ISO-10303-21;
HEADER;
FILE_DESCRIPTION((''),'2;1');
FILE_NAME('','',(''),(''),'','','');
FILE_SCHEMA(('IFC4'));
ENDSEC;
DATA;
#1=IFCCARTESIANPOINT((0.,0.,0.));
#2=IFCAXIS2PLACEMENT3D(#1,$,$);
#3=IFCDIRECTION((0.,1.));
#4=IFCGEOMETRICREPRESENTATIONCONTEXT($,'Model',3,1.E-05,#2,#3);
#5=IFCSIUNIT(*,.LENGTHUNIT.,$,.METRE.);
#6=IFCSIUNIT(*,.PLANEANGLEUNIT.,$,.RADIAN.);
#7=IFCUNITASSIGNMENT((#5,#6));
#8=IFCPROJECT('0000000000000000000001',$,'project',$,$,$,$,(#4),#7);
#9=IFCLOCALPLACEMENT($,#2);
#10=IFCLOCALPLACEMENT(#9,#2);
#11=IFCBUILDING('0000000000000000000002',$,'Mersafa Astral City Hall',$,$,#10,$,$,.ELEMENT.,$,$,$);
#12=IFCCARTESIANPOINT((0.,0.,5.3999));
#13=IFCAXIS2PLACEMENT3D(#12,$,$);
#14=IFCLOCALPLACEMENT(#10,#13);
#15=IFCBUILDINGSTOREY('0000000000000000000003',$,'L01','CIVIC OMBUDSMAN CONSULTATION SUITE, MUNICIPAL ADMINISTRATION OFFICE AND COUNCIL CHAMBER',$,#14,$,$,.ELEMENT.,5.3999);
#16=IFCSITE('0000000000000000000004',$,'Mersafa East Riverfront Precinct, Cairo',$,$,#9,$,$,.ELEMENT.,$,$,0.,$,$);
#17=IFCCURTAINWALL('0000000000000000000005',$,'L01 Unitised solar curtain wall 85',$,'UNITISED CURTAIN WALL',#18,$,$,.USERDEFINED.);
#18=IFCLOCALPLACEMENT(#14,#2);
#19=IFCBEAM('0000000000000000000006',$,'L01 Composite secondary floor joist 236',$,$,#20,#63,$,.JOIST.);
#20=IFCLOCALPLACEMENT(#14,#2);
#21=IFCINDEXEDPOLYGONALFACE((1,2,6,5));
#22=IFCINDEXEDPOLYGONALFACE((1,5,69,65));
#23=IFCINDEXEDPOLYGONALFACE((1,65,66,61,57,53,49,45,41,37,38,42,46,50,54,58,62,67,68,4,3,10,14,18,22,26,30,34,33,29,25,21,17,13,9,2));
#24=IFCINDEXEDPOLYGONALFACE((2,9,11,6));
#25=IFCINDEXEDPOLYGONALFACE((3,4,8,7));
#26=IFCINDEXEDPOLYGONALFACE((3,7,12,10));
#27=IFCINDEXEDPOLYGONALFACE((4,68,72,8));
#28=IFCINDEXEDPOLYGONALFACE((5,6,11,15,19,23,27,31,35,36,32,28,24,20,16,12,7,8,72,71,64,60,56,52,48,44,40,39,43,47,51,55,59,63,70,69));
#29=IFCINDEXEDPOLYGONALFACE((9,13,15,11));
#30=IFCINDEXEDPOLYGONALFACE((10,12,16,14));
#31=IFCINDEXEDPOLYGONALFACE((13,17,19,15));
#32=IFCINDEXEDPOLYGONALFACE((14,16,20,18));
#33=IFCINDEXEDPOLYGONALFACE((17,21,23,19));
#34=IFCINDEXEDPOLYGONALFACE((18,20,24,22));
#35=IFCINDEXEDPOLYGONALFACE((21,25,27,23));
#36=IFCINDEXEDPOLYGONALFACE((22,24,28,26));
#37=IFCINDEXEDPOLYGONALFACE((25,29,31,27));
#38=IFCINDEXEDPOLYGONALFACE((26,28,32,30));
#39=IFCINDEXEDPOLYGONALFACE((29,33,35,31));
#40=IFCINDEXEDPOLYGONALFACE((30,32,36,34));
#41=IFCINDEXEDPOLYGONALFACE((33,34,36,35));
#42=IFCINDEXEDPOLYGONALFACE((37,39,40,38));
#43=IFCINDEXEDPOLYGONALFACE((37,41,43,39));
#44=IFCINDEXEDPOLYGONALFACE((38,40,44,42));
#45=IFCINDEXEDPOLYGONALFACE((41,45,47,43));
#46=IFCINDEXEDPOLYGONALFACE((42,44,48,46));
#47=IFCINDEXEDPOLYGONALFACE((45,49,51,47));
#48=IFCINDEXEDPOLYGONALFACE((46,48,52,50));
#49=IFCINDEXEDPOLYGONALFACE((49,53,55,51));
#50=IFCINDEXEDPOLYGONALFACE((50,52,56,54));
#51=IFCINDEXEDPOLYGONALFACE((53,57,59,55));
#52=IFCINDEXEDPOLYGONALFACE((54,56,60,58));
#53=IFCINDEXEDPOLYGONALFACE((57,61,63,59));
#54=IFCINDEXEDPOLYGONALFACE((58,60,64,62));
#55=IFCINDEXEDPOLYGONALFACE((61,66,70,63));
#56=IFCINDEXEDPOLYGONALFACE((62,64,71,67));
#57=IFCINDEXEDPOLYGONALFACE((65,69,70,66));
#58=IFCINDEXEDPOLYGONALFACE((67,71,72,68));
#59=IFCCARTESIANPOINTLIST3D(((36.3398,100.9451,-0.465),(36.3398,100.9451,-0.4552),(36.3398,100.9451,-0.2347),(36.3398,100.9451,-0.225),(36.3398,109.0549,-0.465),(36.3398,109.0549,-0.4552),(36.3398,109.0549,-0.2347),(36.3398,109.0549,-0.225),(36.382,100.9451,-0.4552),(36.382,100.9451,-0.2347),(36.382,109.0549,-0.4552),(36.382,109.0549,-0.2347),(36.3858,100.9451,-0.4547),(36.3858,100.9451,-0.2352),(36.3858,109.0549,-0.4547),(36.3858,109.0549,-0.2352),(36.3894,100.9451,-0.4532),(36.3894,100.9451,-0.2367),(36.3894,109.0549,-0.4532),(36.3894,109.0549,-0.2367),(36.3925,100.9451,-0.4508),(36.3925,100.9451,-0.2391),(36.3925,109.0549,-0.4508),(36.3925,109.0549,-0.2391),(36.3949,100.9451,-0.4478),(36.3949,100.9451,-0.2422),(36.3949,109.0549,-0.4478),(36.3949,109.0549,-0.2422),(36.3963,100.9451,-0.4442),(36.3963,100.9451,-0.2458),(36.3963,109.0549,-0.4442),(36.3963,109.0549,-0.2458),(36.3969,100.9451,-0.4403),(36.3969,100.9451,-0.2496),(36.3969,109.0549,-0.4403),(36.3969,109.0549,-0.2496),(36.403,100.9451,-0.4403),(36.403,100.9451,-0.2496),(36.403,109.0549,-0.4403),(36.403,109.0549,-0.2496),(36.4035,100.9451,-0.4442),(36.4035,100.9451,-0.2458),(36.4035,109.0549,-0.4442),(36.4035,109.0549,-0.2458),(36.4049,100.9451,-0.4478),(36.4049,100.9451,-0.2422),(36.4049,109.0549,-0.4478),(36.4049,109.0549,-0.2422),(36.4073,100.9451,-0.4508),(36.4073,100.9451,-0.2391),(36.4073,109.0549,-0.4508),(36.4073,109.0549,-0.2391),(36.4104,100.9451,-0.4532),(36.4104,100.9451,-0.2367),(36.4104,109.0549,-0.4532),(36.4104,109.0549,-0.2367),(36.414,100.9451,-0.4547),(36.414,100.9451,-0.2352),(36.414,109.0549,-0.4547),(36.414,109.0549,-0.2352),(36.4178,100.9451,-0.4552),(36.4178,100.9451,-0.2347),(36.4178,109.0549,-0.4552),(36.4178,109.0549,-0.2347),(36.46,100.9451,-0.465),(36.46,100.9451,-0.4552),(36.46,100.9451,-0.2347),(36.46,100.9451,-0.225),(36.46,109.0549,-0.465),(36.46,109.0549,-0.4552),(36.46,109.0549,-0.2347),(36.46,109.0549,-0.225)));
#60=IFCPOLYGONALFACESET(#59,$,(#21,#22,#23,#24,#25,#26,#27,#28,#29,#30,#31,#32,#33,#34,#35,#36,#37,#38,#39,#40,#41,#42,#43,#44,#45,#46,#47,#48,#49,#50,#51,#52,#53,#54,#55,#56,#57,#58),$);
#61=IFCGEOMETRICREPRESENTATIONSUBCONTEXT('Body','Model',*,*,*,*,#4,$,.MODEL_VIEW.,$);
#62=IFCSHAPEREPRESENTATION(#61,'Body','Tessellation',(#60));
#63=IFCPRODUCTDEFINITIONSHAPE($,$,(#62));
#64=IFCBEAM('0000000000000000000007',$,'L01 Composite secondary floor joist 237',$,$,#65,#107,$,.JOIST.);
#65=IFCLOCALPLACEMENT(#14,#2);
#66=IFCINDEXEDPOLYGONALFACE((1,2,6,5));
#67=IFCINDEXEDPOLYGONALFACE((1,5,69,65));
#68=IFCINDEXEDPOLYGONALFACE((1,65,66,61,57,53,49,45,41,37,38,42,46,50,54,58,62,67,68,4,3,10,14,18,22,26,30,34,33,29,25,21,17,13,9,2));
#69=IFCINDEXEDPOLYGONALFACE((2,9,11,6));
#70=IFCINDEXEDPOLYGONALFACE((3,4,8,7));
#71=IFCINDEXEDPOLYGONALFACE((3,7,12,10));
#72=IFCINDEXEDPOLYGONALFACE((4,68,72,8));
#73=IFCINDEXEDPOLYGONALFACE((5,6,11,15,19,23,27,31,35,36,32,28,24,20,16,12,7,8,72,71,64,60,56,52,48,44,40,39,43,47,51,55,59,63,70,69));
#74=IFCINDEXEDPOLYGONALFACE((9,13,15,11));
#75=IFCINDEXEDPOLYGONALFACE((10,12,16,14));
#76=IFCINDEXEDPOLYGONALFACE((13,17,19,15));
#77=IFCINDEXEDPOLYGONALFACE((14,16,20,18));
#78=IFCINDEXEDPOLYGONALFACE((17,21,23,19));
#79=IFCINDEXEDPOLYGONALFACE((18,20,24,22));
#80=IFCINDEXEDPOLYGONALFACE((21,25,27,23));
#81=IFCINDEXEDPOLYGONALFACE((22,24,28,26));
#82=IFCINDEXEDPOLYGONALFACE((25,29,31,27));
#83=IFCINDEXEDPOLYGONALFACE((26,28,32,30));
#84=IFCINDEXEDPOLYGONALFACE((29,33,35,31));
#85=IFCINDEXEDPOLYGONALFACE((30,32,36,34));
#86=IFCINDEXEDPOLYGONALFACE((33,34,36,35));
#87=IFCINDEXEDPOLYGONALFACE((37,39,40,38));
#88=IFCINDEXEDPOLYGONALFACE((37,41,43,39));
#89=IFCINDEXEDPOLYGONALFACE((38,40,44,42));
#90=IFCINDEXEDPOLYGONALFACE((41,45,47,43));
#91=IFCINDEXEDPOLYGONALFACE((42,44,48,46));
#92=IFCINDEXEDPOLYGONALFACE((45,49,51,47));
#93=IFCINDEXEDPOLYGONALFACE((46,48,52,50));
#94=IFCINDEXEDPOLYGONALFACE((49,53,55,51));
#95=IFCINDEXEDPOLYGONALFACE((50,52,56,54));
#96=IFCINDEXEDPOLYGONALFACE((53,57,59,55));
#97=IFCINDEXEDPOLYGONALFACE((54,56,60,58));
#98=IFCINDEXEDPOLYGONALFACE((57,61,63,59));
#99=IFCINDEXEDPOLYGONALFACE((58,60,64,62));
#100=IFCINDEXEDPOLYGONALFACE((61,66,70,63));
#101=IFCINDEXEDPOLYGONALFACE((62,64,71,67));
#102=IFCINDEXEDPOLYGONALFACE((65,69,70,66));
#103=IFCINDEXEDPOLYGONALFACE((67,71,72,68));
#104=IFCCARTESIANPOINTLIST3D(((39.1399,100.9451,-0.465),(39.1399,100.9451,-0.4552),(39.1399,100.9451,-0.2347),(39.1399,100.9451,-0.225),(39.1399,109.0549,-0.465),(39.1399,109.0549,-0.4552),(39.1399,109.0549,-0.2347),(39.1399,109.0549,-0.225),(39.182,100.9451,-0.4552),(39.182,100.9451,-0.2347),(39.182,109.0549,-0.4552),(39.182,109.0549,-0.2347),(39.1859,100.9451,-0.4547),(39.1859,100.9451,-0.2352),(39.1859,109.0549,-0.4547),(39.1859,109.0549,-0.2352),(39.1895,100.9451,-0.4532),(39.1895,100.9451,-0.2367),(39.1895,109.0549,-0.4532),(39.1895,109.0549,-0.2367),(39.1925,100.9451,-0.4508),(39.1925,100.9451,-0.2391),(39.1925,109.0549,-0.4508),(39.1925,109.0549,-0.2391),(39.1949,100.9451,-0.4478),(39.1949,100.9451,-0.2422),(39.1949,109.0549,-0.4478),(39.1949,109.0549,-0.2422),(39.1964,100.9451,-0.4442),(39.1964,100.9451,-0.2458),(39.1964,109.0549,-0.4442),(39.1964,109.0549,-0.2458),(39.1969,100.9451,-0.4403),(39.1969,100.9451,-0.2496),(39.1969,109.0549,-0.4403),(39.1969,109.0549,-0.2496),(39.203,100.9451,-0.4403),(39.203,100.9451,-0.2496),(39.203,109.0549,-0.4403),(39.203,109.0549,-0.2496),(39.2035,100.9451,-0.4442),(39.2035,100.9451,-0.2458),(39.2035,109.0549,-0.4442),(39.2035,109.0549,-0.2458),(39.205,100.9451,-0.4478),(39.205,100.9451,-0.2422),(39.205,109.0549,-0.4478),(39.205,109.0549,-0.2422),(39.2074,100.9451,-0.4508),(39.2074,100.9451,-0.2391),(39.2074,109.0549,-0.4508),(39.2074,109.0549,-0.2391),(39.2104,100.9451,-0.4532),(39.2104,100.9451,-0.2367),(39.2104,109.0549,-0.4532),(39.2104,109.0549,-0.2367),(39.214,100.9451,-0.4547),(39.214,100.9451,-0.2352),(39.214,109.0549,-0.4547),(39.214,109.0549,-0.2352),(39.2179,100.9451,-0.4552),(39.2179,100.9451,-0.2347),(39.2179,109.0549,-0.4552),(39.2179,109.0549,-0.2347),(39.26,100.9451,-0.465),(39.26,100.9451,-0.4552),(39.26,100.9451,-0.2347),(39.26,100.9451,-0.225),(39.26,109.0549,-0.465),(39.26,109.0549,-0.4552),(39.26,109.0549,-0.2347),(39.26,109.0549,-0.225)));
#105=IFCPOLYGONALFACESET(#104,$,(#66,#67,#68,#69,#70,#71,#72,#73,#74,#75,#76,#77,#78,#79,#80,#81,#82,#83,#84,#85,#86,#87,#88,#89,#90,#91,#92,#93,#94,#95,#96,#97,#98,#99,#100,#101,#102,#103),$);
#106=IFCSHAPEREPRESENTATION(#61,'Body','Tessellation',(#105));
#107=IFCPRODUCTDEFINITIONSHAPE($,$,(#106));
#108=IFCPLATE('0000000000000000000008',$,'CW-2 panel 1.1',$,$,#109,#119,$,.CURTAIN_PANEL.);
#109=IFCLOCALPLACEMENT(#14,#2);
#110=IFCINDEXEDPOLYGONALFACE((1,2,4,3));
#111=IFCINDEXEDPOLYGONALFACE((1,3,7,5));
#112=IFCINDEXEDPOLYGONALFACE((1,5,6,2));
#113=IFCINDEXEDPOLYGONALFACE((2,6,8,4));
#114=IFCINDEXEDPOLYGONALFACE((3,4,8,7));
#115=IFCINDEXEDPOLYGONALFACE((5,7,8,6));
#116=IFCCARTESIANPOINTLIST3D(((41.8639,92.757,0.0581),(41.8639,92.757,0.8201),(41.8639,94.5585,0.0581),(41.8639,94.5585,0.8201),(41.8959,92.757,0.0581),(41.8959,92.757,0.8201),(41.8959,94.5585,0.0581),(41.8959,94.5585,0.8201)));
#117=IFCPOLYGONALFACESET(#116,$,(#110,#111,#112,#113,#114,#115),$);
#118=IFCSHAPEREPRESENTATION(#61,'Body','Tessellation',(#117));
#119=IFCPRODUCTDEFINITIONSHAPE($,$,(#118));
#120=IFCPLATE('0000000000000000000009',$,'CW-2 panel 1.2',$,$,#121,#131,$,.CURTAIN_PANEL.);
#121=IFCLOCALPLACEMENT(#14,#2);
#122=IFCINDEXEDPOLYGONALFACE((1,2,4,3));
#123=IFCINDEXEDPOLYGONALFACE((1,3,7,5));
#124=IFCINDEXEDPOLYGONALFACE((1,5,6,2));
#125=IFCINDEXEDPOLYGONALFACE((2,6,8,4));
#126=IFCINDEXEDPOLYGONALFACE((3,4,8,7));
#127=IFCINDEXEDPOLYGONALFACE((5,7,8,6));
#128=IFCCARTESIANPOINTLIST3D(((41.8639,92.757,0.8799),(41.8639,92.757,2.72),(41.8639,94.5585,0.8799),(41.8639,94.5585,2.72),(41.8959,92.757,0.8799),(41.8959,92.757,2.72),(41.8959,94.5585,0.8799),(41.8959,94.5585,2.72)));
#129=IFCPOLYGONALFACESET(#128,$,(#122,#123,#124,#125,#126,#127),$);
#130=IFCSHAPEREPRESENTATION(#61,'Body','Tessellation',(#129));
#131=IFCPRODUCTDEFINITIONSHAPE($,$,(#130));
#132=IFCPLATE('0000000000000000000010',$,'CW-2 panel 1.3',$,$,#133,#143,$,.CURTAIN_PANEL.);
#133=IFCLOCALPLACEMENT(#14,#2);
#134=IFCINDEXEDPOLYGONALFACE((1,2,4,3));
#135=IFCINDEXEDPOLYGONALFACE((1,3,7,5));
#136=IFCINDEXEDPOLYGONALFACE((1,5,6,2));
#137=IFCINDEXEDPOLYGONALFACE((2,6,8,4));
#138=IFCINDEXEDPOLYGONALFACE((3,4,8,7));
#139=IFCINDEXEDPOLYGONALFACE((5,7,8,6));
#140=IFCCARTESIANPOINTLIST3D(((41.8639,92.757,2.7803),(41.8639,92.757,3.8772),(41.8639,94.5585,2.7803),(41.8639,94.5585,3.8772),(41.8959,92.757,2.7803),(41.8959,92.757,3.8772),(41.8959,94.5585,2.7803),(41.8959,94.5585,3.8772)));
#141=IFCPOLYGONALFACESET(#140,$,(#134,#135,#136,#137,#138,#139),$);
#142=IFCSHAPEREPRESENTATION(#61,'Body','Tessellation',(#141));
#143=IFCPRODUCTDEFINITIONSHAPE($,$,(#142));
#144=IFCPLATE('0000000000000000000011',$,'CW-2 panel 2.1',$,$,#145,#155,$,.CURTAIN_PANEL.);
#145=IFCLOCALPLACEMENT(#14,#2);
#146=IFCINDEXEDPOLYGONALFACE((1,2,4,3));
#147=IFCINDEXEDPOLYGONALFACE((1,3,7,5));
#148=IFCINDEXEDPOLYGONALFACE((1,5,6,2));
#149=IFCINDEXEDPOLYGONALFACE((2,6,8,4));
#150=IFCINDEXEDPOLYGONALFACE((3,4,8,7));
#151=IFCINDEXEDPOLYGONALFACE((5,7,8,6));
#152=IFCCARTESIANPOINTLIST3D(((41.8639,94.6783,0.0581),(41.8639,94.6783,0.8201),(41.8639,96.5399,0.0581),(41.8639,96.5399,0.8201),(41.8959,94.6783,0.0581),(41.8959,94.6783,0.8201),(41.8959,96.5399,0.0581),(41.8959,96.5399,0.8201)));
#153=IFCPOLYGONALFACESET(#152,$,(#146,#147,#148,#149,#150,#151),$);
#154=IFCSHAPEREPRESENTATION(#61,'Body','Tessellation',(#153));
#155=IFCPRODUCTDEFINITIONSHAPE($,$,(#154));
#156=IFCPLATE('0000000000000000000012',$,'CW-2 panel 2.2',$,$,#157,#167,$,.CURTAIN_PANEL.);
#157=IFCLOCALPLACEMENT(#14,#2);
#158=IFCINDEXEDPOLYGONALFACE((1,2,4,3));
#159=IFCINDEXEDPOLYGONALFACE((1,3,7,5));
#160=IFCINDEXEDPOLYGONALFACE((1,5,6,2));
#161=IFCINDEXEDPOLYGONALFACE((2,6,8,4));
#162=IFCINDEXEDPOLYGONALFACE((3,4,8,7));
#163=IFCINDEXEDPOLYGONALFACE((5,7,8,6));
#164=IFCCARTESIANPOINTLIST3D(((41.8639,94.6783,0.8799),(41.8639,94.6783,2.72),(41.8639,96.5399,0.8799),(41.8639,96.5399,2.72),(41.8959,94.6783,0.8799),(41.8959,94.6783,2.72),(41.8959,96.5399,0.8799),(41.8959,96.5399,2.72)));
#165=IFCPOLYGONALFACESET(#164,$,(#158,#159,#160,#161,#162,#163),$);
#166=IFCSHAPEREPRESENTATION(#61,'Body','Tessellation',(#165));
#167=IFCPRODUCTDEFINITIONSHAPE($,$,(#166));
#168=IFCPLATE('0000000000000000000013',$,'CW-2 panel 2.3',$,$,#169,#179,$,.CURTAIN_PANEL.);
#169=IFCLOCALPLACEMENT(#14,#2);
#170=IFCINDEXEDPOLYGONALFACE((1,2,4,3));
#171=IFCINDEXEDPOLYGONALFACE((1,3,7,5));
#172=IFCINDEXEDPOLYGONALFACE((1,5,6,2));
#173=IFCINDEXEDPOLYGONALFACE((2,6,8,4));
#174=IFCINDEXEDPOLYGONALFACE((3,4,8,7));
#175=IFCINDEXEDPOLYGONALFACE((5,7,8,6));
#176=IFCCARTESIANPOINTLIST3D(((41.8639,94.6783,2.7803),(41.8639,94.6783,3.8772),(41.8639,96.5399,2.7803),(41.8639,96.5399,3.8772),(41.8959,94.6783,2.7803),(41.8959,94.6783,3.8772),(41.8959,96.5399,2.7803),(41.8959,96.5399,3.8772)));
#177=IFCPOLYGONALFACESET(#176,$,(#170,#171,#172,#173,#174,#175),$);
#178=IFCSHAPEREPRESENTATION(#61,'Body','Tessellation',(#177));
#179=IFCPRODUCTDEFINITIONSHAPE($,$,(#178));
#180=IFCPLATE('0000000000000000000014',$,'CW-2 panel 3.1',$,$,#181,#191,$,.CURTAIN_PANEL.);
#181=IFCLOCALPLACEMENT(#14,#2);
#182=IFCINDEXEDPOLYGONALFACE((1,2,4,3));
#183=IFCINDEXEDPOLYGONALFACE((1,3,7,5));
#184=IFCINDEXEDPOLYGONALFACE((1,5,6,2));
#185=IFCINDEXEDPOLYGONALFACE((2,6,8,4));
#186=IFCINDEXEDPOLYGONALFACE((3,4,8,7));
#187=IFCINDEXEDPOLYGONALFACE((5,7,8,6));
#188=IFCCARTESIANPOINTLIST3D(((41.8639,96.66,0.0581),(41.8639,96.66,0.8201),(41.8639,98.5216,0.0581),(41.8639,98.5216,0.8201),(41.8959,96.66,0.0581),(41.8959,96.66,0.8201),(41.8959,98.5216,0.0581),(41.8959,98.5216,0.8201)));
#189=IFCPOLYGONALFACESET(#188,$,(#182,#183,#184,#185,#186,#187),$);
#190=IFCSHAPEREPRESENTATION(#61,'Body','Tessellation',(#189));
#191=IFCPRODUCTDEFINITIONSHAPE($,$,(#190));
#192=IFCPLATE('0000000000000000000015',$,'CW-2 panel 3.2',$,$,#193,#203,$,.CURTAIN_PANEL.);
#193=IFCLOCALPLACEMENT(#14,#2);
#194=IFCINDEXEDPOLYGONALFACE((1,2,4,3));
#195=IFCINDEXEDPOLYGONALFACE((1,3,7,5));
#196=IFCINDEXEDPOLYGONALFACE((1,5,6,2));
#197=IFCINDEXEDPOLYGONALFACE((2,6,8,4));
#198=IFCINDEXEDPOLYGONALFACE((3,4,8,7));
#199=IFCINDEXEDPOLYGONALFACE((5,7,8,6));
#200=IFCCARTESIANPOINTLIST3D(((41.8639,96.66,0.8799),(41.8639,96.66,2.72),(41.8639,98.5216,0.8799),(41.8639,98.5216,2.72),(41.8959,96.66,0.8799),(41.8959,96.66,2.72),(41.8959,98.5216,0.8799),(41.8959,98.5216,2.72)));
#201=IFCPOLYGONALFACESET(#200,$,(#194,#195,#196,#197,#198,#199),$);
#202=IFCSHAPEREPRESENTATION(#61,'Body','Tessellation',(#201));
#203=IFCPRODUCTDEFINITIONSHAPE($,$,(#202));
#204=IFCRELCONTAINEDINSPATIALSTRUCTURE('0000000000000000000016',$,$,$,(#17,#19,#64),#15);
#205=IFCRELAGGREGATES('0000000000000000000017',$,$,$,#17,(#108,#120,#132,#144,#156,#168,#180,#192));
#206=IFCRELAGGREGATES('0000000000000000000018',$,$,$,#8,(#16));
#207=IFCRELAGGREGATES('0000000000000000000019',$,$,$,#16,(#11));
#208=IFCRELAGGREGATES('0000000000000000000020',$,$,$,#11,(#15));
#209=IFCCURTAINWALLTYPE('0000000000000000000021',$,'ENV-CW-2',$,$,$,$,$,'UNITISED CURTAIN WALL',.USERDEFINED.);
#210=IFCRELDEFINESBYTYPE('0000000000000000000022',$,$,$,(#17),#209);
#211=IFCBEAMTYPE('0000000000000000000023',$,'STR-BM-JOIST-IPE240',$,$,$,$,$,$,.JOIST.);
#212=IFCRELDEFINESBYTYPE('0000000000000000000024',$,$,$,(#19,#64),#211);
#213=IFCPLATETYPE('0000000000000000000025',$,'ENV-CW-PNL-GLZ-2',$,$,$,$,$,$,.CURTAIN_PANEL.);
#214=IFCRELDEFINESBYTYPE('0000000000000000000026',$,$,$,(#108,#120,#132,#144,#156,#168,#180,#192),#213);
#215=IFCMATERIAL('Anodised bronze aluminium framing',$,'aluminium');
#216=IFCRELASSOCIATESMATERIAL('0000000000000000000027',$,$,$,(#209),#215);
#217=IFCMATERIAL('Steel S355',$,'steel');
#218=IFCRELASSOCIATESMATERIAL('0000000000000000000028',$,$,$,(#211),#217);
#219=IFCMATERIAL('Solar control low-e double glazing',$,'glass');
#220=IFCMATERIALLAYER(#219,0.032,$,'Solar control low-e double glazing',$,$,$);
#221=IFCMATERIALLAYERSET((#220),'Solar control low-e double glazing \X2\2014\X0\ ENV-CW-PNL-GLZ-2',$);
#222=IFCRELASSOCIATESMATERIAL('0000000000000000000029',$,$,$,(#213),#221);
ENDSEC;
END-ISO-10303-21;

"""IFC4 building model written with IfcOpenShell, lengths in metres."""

from ifc_helpers import new_model, si_unit, direction, frame, origin, origin_2d, place, context, subcontext, project, spatial, rectangle, i_section, extrude, material, layer, layer_set, material_profile, profile_set, type_object, element, aggregate, save


model = new_model("IFC4")

# Units and contexts
model_context = context("Model", 3, precision=1e-05, world=origin(), true_north=direction((0.0, 1.0)))
body_context = subcontext(model_context, "Body", "Model", "MODEL_VIEW")
ifc_project = project(units=[si_unit("LENGTHUNIT", "METRE"), si_unit("PLANEANGLEUNIT", "RADIAN")], contexts=[model_context])

# Site, building, storey
site_placement = place(None, origin())
site = spatial("IfcSite", under=ifc_project, at=site_placement, Name="Mersafa East Riverfront Precinct, Cairo", CompositionType="ELEMENT", RefElevation=0.0)
building_placement = place(site_placement, origin())
building = spatial("IfcBuilding", under=site, at=building_placement, Name="Mersafa Astral City Hall", CompositionType="ELEMENT")
storey_placement = place(building_placement, frame((0.0, 0.0, 5.3999)))
storey = spatial("IfcBuildingStorey", under=building, at=storey_placement, Name="L01", Description="CIVIC OMBUDSMAN CONSULTATION SUITE, MUNICIPAL ADMINISTRATION OFFICE AND COUNCIL CHAMBER", CompositionType="ELEMENT", Elevation=5.3999)

# Curtain wall
ifc_material_1 = material(Name="Anodised bronze aluminium framing", Category="aluminium")
curtain_wall_type = type_object("IfcCurtainWallType", Name="ENV-CW-2", ElementType="UNITISED CURTAIN WALL", PredefinedType="USERDEFINED", material=ifc_material_1)
curtain_wall_placement = place(storey_placement, origin())
curtain_wall = element("IfcCurtainWall", 1, at=curtain_wall_placement, inside=storey, type_object=curtain_wall_type, Name="L01 Unitised solar curtain wall 85", ObjectType="UNITISED CURTAIN WALL", PredefinedType="USERDEFINED")

# Beams
ifc_material_2 = material(Name="Steel S355", Category="steel")
ifc_material_profile_1 = material_profile(ifc_material_2, i_section(OverallWidth=0.1201, OverallDepth=0.24, WebThickness=0.0061, FlangeThickness=0.0098, FilletRadius=0.0149, at=origin_2d()), Name="IPE 240")
ifc_profile_set_1 = profile_set([ifc_material_profile_1], Name="Steel S355")
beam_type_1 = type_object("IfcBeamType", Name="STR-BM-JOIST-IPE240", PredefinedType="JOIST", material=ifc_profile_set_1)
for number, where, z_axis, x_axis, name in (
    (2, (36.3999, 100.9451, -0.345), (0.0, 1.0, 0.0), (-1.0, 0.0, 0.0), "L01 Composite secondary floor joist 236"),
    (3, (39.2, 100.9451, -0.345), (0.0, 1.0, 0.0), (-1.0, 0.0, 0.0), "L01 Composite secondary floor joist 237"),
):
    element("IfcBeam", number, at=place(storey_placement, frame(where, z_axis=z_axis, x_axis=x_axis)), inside=storey, type_object=beam_type_1, Name=name, PredefinedType="JOIST", context=body_context, shape_type="SweptSolid", body=[
        extrude(i_section(OverallWidth=0.1201, OverallDepth=0.24, WebThickness=0.0061, FlangeThickness=0.0098, FilletRadius=0.0149, at=origin_2d()), origin(), (0.0, 0.0, 1.0), 8.1099),
    ])

# Plates
ifc_material_3 = material(Name="Solar control low-e double glazing", Category="glass")
ifc_layer = layer(ifc_material_3, 0.032, Name="Solar control low-e double glazing")
ifc_layer_set = layer_set([ifc_layer], Name="Solar control low-e double glazing — ENV-CW-PNL-GLZ-2")
plate_type = type_object("IfcPlateType", Name="ENV-CW-PNL-GLZ-2", PredefinedType="CURTAIN_PANEL", material=ifc_layer_set)
plate_1_placement = place(storey_placement, frame((41.8799, 93.6577, 0.0581), z_axis=(0.0, 0.0, 1.0), x_axis=(0.0, 1.0, 0.0)))
plate_1 = element("IfcPlate", 4, at=plate_1_placement, type_object=plate_type, Name="CW-2 panel 1.1", PredefinedType="CURTAIN_PANEL", context=body_context, shape_type="SweptSolid", body=[
    extrude(rectangle(XDim=1.8015, YDim=0.032, at=origin_2d()), origin(), (0.0, 0.0, 1.0), 0.762),
])
plate_2_placement = place(storey_placement, frame((41.8799, 93.6577, 0.8799), z_axis=(0.0, 0.0, 1.0), x_axis=(0.0, 1.0, 0.0)))
plate_2 = element("IfcPlate", 5, at=plate_2_placement, type_object=plate_type, Name="CW-2 panel 1.2", PredefinedType="CURTAIN_PANEL", context=body_context, shape_type="SweptSolid", body=[
    extrude(rectangle(XDim=1.8015, YDim=0.032, at=origin_2d()), origin(), (0.0, 0.0, 1.0), 1.8401),
])
plate_3_placement = place(storey_placement, frame((41.8799, 93.6577, 2.7803), z_axis=(0.0, 0.0, 1.0), x_axis=(0.0, 1.0, 0.0)))
plate_3 = element("IfcPlate", 6, at=plate_3_placement, type_object=plate_type, Name="CW-2 panel 1.3", PredefinedType="CURTAIN_PANEL", context=body_context, shape_type="SweptSolid", body=[
    extrude(rectangle(XDim=1.8015, YDim=0.032, at=origin_2d()), origin(), (0.0, 0.0, 1.0), 1.0969),
])
plate_4_placement = place(storey_placement, frame((41.8799, 95.6091, 0.0581), z_axis=(0.0, 0.0, 1.0), x_axis=(0.0, 1.0, 0.0)))
plate_4 = element("IfcPlate", 7, at=plate_4_placement, type_object=plate_type, Name="CW-2 panel 2.1", PredefinedType="CURTAIN_PANEL", context=body_context, shape_type="SweptSolid", body=[
    extrude(rectangle(XDim=1.8616, YDim=0.032, at=origin_2d()), origin(), (0.0, 0.0, 1.0), 0.762),
])
plate_5_placement = place(storey_placement, frame((41.8799, 95.6091, 0.8799), z_axis=(0.0, 0.0, 1.0), x_axis=(0.0, 1.0, 0.0)))
plate_5 = element("IfcPlate", 8, at=plate_5_placement, type_object=plate_type, Name="CW-2 panel 2.2", PredefinedType="CURTAIN_PANEL", context=body_context, shape_type="SweptSolid", body=[
    extrude(rectangle(XDim=1.8616, YDim=0.032, at=origin_2d()), origin(), (0.0, 0.0, 1.0), 1.8401),
])
plate_6_placement = place(storey_placement, frame((41.8799, 95.6091, 2.7803), z_axis=(0.0, 0.0, 1.0), x_axis=(0.0, 1.0, 0.0)))
plate_6 = element("IfcPlate", 9, at=plate_6_placement, type_object=plate_type, Name="CW-2 panel 2.3", PredefinedType="CURTAIN_PANEL", context=body_context, shape_type="SweptSolid", body=[
    extrude(rectangle(XDim=1.8616, YDim=0.032, at=origin_2d()), origin(), (0.0, 0.0, 1.0), 1.0969),
])
plate_7_placement = place(storey_placement, frame((41.8799, 97.5908, 0.0581), z_axis=(0.0, 0.0, 1.0), x_axis=(0.0, 1.0, 0.0)))
plate_7 = element("IfcPlate", 10, at=plate_7_placement, type_object=plate_type, Name="CW-2 panel 3.1", PredefinedType="CURTAIN_PANEL", context=body_context, shape_type="SweptSolid", body=[
    extrude(rectangle(XDim=1.8616, YDim=0.032, at=origin_2d()), origin(), (0.0, 0.0, 1.0), 0.762),
])
plate_8_placement = place(storey_placement, frame((41.8799, 97.5908, 0.8799), z_axis=(0.0, 0.0, 1.0), x_axis=(0.0, 1.0, 0.0)))
plate_8 = element("IfcPlate", 11, at=plate_8_placement, type_object=plate_type, Name="CW-2 panel 3.2", PredefinedType="CURTAIN_PANEL", context=body_context, shape_type="SweptSolid", body=[
    extrude(rectangle(XDim=1.8616, YDim=0.032, at=origin_2d()), origin(), (0.0, 0.0, 1.0), 1.8401),
])
aggregate(curtain_wall, [plate_1, plate_2, plate_3, plate_4, plate_5, plate_6, plate_7, plate_8])

save(model, "model.ifc")
